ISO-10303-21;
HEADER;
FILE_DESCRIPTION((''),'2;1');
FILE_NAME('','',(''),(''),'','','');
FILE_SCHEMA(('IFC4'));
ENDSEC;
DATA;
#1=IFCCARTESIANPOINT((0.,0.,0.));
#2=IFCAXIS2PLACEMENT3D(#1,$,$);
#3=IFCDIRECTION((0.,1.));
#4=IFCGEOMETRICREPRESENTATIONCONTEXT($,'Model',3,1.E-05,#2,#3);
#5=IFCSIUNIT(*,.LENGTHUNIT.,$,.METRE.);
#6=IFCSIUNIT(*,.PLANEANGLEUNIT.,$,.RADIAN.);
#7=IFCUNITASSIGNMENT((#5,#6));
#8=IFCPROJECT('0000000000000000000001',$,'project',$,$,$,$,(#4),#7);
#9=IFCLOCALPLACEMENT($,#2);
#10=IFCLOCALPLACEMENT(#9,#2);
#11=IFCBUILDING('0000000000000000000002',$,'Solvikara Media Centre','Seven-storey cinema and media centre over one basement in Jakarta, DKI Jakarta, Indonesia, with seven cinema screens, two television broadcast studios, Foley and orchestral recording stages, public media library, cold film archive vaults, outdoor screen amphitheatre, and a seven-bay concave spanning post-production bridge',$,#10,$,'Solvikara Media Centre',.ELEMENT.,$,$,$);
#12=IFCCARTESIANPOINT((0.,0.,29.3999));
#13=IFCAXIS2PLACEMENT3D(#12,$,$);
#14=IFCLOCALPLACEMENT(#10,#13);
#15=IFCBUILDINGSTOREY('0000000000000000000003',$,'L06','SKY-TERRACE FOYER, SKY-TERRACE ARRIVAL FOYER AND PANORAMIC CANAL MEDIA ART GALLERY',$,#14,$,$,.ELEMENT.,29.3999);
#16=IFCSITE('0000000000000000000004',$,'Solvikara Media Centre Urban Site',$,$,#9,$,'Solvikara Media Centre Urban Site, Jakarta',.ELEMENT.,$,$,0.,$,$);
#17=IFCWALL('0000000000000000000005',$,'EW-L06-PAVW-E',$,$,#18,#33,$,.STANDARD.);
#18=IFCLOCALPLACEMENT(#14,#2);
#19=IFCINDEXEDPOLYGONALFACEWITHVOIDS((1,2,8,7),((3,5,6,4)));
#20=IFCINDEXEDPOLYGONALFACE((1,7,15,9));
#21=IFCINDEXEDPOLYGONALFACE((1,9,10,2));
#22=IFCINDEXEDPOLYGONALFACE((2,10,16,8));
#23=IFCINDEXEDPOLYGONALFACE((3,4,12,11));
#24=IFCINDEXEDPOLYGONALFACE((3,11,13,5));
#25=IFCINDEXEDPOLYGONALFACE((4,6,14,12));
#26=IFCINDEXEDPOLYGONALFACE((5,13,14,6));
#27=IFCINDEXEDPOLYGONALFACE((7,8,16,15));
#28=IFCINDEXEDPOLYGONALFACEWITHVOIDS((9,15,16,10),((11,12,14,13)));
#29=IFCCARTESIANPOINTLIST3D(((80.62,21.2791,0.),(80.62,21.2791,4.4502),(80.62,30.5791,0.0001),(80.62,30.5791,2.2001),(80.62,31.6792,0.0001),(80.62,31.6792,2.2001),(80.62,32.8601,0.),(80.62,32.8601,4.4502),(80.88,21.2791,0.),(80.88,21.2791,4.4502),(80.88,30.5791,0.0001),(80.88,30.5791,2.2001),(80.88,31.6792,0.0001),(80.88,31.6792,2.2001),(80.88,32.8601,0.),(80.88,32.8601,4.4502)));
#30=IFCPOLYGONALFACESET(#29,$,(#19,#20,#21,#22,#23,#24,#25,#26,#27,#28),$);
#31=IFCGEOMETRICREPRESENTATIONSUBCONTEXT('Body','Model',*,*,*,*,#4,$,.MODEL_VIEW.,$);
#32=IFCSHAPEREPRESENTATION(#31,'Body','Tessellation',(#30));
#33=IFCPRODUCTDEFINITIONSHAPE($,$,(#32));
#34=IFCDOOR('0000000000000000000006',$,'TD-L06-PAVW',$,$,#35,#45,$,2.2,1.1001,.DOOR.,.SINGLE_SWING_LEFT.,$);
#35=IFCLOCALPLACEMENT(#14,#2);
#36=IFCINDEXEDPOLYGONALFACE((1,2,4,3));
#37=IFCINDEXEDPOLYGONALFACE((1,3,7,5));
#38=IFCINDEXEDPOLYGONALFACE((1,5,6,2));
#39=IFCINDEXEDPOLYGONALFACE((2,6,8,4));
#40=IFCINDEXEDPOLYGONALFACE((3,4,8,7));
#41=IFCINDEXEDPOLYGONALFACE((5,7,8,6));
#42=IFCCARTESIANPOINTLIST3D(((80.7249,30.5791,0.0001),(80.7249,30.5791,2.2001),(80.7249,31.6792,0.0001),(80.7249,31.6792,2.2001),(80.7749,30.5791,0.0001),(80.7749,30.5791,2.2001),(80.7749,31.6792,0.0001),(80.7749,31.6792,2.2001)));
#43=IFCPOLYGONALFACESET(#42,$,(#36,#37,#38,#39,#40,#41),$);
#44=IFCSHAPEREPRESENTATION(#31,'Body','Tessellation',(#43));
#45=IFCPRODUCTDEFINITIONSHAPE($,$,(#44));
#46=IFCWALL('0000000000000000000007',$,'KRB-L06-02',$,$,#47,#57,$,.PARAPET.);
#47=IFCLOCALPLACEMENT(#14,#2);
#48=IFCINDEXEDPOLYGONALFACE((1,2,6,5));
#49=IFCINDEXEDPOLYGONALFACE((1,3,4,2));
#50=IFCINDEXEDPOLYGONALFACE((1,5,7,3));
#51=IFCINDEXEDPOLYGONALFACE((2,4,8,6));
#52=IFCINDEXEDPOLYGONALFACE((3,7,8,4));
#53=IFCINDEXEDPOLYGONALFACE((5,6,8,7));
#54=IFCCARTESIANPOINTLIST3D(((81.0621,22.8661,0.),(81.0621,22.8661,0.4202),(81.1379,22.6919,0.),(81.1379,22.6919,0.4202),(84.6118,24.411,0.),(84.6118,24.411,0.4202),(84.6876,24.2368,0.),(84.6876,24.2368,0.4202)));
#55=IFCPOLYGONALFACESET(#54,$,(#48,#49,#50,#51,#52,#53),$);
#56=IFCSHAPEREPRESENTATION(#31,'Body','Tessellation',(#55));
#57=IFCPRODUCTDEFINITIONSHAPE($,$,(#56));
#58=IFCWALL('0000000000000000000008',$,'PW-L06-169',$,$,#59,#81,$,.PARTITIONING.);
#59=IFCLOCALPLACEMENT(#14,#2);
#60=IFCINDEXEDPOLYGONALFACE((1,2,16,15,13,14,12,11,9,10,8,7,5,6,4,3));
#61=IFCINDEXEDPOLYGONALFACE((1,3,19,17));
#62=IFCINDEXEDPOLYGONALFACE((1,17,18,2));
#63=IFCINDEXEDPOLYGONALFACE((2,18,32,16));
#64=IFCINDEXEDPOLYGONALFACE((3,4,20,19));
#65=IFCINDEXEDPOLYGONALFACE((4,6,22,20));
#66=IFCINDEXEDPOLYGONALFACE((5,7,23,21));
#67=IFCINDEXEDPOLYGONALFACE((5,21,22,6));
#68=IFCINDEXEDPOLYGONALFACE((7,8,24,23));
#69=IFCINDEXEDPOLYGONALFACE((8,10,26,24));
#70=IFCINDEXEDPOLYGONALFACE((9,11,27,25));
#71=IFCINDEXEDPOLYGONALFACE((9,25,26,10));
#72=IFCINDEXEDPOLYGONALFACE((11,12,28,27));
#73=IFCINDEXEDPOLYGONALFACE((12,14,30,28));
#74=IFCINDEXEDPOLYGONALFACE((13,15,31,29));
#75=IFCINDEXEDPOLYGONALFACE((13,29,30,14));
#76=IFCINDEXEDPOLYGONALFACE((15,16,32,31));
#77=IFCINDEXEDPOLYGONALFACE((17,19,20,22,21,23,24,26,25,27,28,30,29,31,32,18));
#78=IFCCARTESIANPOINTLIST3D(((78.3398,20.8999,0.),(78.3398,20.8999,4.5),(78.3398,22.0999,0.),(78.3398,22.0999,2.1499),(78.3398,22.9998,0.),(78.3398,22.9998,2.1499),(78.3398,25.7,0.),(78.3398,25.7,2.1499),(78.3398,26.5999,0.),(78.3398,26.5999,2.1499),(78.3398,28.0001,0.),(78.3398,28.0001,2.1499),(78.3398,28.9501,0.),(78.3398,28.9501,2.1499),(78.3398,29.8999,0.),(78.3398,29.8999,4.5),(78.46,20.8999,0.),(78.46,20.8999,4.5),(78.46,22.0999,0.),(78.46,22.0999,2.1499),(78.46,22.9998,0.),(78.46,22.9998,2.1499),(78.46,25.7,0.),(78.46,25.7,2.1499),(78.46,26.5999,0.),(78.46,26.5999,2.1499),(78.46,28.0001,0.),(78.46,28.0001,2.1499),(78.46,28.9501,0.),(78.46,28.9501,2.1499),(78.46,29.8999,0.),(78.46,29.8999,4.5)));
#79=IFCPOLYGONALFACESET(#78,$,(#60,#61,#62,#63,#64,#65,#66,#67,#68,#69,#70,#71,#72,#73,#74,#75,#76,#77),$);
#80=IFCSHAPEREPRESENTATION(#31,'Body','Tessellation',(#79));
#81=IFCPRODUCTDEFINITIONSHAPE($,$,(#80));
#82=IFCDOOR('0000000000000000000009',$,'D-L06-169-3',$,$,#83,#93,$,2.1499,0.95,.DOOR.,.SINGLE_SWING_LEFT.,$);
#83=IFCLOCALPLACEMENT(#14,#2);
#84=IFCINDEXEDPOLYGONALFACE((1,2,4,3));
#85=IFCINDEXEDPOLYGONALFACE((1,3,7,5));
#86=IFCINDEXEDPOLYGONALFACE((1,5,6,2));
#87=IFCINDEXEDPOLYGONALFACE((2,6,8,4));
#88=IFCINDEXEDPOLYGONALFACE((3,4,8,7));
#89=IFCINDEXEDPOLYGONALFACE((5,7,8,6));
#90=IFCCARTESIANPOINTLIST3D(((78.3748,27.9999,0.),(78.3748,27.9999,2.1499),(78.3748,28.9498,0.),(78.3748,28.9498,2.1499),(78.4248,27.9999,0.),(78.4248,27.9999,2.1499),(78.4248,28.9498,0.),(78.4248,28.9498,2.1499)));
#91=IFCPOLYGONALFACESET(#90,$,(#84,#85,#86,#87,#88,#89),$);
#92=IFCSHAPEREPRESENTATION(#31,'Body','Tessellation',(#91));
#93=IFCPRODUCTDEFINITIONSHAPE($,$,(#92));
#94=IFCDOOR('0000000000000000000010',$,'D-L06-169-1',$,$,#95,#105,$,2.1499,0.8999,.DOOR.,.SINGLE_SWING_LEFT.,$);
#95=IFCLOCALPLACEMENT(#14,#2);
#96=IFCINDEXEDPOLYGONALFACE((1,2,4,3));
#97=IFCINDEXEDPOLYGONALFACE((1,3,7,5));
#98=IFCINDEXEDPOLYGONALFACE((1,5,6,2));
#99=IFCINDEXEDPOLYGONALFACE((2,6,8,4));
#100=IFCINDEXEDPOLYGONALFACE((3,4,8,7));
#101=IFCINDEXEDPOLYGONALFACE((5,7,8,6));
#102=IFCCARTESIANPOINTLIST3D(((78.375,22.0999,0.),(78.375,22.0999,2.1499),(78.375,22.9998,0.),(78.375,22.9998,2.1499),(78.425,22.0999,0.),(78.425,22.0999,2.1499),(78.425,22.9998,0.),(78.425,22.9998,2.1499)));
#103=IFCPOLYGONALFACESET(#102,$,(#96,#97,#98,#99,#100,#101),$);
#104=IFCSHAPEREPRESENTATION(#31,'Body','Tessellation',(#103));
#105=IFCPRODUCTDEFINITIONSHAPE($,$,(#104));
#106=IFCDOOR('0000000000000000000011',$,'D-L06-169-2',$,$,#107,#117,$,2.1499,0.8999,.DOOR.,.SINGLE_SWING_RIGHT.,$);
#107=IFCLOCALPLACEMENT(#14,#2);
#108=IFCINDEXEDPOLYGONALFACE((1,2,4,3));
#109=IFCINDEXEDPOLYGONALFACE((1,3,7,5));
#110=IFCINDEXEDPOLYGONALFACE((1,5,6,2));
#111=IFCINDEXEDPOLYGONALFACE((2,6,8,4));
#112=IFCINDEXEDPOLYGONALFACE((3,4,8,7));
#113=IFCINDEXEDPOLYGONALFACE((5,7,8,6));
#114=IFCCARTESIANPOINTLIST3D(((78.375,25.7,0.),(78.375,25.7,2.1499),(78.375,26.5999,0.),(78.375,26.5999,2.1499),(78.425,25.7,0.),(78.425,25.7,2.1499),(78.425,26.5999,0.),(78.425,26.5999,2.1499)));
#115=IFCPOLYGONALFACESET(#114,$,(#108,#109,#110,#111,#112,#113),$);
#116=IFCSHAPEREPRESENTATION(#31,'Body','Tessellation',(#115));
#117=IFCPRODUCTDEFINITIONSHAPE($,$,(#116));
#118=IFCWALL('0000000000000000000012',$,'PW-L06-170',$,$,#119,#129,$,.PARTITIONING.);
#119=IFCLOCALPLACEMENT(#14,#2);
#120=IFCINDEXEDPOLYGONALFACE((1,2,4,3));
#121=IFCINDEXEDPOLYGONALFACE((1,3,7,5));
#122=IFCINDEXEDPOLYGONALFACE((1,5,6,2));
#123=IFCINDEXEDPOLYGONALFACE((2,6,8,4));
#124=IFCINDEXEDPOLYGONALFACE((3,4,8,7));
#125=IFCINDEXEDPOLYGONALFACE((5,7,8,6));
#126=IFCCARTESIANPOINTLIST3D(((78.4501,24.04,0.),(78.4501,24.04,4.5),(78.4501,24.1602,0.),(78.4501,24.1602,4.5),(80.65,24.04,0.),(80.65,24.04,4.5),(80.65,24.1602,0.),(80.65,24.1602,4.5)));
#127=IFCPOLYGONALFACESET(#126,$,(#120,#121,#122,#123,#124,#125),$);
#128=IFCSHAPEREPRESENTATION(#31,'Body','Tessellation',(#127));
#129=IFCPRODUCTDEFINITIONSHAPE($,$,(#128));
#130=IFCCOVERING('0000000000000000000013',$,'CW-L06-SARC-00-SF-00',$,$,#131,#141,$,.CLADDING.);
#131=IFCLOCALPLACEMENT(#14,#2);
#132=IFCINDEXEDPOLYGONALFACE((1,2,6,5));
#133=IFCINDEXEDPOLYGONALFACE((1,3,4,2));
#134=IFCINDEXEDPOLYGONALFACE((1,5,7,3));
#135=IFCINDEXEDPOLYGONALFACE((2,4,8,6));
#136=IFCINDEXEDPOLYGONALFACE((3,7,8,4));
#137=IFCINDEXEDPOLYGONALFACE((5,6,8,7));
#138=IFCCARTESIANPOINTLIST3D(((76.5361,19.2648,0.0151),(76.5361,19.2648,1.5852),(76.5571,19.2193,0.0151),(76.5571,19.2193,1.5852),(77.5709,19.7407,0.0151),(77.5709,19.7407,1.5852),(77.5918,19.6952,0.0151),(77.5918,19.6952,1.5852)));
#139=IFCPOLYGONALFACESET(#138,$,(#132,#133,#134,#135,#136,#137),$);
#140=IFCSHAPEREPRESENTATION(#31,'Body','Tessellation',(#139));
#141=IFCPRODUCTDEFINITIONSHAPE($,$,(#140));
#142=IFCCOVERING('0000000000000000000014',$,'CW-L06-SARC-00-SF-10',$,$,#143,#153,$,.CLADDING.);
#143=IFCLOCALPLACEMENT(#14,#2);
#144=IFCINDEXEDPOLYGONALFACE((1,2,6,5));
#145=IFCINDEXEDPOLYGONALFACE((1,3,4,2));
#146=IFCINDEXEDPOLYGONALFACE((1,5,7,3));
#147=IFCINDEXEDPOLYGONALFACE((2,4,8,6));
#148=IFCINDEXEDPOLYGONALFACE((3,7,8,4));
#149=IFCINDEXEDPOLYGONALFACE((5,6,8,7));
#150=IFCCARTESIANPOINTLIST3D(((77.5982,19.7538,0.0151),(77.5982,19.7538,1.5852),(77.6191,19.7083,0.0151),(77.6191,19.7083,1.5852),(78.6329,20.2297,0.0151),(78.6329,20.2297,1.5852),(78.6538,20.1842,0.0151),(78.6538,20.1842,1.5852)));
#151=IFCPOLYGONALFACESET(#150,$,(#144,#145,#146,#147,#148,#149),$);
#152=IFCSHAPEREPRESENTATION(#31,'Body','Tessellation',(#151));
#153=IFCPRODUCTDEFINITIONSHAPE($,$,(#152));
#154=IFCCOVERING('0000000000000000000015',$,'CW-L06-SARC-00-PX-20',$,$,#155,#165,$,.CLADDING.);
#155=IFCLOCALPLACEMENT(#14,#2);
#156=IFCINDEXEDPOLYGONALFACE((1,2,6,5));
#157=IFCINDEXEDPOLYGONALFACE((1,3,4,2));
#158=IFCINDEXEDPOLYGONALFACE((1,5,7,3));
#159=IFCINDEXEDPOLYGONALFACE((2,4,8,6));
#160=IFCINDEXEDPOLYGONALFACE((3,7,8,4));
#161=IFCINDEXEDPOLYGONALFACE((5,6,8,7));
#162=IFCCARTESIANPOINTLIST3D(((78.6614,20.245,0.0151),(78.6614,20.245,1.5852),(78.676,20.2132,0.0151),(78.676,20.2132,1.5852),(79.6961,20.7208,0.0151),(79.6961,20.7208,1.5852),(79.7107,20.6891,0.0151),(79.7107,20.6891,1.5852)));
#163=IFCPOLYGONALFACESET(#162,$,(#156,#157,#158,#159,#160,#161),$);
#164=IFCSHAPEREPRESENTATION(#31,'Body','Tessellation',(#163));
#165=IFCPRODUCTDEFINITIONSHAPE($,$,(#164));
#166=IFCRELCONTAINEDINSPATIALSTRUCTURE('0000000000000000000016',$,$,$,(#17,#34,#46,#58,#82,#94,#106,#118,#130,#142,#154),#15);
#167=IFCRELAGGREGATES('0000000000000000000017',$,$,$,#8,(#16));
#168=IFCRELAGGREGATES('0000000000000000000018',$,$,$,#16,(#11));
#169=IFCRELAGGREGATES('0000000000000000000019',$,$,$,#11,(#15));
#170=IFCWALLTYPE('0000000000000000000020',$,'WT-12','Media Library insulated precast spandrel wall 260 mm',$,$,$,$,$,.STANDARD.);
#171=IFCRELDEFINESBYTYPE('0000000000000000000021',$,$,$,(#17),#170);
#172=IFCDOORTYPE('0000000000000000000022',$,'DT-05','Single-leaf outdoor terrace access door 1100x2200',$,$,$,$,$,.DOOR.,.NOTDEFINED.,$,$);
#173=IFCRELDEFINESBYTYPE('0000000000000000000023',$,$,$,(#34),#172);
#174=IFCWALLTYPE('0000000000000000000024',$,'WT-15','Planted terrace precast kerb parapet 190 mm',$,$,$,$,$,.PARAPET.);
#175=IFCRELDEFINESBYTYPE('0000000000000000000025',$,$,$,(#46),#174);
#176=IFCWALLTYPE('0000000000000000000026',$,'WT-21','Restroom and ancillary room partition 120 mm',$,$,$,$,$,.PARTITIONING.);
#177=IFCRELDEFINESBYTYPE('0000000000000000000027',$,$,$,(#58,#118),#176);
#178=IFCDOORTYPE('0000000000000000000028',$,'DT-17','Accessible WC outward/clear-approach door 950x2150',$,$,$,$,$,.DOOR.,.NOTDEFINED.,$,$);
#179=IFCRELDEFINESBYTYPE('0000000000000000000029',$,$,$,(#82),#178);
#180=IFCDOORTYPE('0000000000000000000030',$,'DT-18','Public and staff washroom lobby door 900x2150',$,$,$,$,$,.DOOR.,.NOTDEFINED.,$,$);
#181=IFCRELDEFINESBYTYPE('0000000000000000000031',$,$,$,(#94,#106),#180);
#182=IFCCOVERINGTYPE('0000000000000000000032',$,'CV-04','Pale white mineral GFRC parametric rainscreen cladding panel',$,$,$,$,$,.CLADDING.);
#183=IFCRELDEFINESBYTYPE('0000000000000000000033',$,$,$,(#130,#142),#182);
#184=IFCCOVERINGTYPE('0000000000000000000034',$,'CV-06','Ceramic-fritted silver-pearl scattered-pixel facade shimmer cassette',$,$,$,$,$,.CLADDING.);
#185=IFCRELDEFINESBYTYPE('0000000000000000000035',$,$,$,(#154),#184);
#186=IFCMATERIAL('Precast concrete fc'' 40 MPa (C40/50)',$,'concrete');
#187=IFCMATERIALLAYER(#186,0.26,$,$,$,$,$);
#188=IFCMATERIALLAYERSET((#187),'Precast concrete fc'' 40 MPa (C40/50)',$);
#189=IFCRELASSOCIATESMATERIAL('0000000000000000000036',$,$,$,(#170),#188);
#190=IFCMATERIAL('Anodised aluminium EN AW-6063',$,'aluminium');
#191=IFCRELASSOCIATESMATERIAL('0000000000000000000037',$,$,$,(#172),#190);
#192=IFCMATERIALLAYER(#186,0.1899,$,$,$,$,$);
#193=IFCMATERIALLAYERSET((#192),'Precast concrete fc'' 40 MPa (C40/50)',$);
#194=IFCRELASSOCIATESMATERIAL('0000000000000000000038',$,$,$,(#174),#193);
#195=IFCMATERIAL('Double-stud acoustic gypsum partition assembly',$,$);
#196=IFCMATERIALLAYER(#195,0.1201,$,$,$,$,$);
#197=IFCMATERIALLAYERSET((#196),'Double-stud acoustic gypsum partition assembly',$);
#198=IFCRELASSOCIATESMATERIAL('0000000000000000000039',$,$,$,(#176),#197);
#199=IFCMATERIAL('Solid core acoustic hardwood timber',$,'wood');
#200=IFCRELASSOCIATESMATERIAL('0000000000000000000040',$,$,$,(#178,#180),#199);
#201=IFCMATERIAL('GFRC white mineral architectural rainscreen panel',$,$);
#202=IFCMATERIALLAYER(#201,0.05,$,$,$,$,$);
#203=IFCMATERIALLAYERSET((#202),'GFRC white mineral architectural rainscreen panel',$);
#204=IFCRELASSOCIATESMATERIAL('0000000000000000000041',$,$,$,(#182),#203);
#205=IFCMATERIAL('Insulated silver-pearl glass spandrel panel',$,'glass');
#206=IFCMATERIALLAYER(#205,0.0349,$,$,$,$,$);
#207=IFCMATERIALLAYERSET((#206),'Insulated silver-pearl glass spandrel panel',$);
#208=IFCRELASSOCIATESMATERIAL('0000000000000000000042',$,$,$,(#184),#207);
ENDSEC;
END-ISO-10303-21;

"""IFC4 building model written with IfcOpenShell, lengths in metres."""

from ifc_helpers import new_model, si_unit, direction, frame, frame_2d, origin, origin_2d, place, context, subcontext, project, spatial, rectangle, extrude, material, layer, layer_set, type_object, element, fill, save


model = new_model("IFC4")

# Units and contexts
model_context = context("Model", 3, precision=1e-05, world=origin(), true_north=direction((0.0, 1.0)))
body_context = subcontext(model_context, "Body", "Model", "MODEL_VIEW")
ifc_project = project(units=[si_unit("LENGTHUNIT", "METRE"), si_unit("PLANEANGLEUNIT", "RADIAN")], contexts=[model_context])

# Site, building, storey
site_placement = place(None, origin())
site = spatial("IfcSite", under=ifc_project, at=site_placement, Name="Solvikara Media Centre Urban Site", LongName="Solvikara Media Centre Urban Site, Jakarta", CompositionType="ELEMENT", RefElevation=0.0)
building_placement = place(site_placement, origin())
building = spatial("IfcBuilding", under=site, at=building_placement, Name="Solvikara Media Centre", Description="Seven-storey cinema and media centre over one basement in Jakarta, DKI Jakarta, Indonesia, with seven cinema screens, two television broadcast studios, Foley and orchestral recording stages, public media library, cold film archive vaults, outdoor screen amphitheatre, and a seven-bay concave spanning post-production bridge", LongName="Solvikara Media Centre", CompositionType="ELEMENT")
storey_placement = place(building_placement, frame((0.0, 0.0, 29.3999)))
storey = spatial("IfcBuildingStorey", under=building, at=storey_placement, Name="L06", Description="SKY-TERRACE FOYER, SKY-TERRACE ARRIVAL FOYER AND PANORAMIC CANAL MEDIA ART GALLERY", CompositionType="ELEMENT", Elevation=29.3999)

# Shared definitions
ifc_material_1 = material(Name="Anodised aluminium EN AW-6063", Category="aluminium")
ifc_material_2 = material(Name="Insulated silver-pearl glass spandrel panel", Category="glass")

# Wall, opening, door
ifc_material_3 = material(Name="Precast concrete fc' 40 MPa (C40/50)", Category="concrete")
ifc_layer_1 = layer(ifc_material_3, 0.26)
ifc_layer_set_1 = layer_set([ifc_layer_1], Name="Precast concrete fc' 40 MPa (C40/50)")
wall_type_1 = type_object("IfcWallType", Name="WT-12", Description="Media Library insulated precast spandrel wall 260 mm", PredefinedType="STANDARD", material=ifc_layer_set_1)
wall_1_placement = place(storey_placement, frame((80.75, 21.2791, 0.0), z_axis=(0.0, 0.0, 1.0), x_axis=(0.0, 1.0, 0.0)))
wall_1 = element("IfcWall", 1, at=wall_1_placement, inside=storey, type_object=wall_type_1, Name="EW-L06-PAVW-E", PredefinedType="STANDARD", context=body_context, shape_type="SweptSolid", body=[
    extrude(rectangle(XDim=11.5811, YDim=0.26, at=frame_2d((5.7905, 0.0))), origin(), (0.0, 0.0, 1.0), 4.4502),
])
opening_1_placement = place(wall_1_placement, frame((9.3, 0.0, 0.0)))
opening_1 = element("IfcOpeningElement", 2, at=opening_1_placement, cuts=wall_1, PredefinedType="OPENING", context=body_context, shape_type="SweptSolid", body=[
    extrude(rectangle(XDim=1.1001, YDim=2.2, at=frame_2d((0.55, 1.1001))), frame((0.0, 0.1421, 0.0), z_axis=(0.0, -1.0, 0.0), x_axis=(1.0, 0.0, 0.0)), (0.0, 0.0, 1.0), 0.2839),
])
door_type_1 = type_object("IfcDoorType", Name="DT-05", Description="Single-leaf outdoor terrace access door 1100x2200", OperationType="NOTDEFINED", PredefinedType="DOOR", material=ifc_material_1)
door_1_placement = place(opening_1_placement, frame((1.1001, 0.0, 0.0), z_axis=(0.0, 0.0, 1.0), x_axis=(-1.0, 0.0, 0.0)))
door_1 = element("IfcDoor", 3, at=door_1_placement, inside=storey, type_object=door_type_1, Name="TD-L06-PAVW", OperationType="SINGLE_SWING_LEFT", OverallHeight=2.2, OverallWidth=1.1001, PredefinedType="DOOR", context=body_context, shape_type="SweptSolid", body=[
    extrude(rectangle(XDim=1.1001, YDim=2.2, at=frame_2d((0.55, 1.1001))), frame((0.0, 0.0249, 0.0), z_axis=(0.0, -1.0, 0.0), x_axis=(1.0, 0.0, 0.0)), (0.0, 0.0, 1.0), 0.05),
])
fill(opening_1, door_1)

# Wall
ifc_layer_2 = layer(ifc_material_3, 0.1899)
ifc_layer_set_2 = layer_set([ifc_layer_2], Name="Precast concrete fc' 40 MPa (C40/50)")
wall_type_2 = type_object("IfcWallType", Name="WT-15", Description="Planted terrace precast kerb parapet 190 mm", PredefinedType="PARAPET", material=ifc_layer_set_2)
wall_2_placement = place(storey_placement, frame((81.1001, 22.7791, 0.0), z_axis=(0.0, 0.0, 1.0), x_axis=(0.916926, 0.399058, 0.0)))
element("IfcWall", 4, at=wall_2_placement, inside=storey, type_object=wall_type_2, Name="KRB-L06-02", PredefinedType="PARAPET", context=body_context, shape_type="SweptSolid", body=[
    extrude(rectangle(XDim=3.8713, YDim=0.1899, at=frame_2d((1.9355, 0.0))), origin(), (0.0, 0.0, 1.0), 0.4202),
])

# Wall, openings, doors
ifc_material_4 = material(Name="Double-stud acoustic gypsum partition assembly")
ifc_layer_3 = layer(ifc_material_4, 0.1201)
ifc_layer_set_3 = layer_set([ifc_layer_3], Name="Double-stud acoustic gypsum partition assembly")
wall_type_3 = type_object("IfcWallType", Name="WT-21", Description="Restroom and ancillary room partition 120 mm", PredefinedType="PARTITIONING", material=ifc_layer_set_3)
wall_3_placement = place(storey_placement, frame((78.3999, 20.8999, 0.0), z_axis=(0.0, 0.0, 1.0), x_axis=(0.0, 1.0, 0.0)))
wall_3 = element("IfcWall", 5, at=wall_3_placement, inside=storey, type_object=wall_type_3, Name="PW-L06-169", PredefinedType="PARTITIONING", context=body_context, shape_type="SweptSolid", body=[
    extrude(rectangle(XDim=9.0, YDim=0.1201, at=frame_2d((4.5, 0.0))), origin(), (0.0, 0.0, 1.0), 4.5),
])
opening_2_placement = place(wall_3_placement, frame((1.2, 0.0, 0.0)))
opening_2 = element("IfcOpeningElement", 6, at=opening_2_placement, cuts=wall_3, PredefinedType="OPENING", context=body_context, shape_type="SweptSolid", body=[
    extrude(rectangle(XDim=0.8999, YDim=2.1499, at=frame_2d((0.45, 1.075))), frame((0.0, 0.072, 0.0), z_axis=(0.0, -1.0, 0.0), x_axis=(1.0, 0.0, 0.0)), (0.0, 0.0, 1.0), 0.144),
])
opening_3_placement = place(wall_3_placement, frame((4.8, 0.0, 0.0)))
opening_3 = element("IfcOpeningElement", 7, at=opening_3_placement, cuts=wall_3, PredefinedType="OPENING", context=body_context, shape_type="SweptSolid", body=[
    extrude(rectangle(XDim=0.8999, YDim=2.1499, at=frame_2d((0.45, 1.075))), frame((0.0, 0.072, 0.0), z_axis=(0.0, -1.0, 0.0), x_axis=(1.0, 0.0, 0.0)), (0.0, 0.0, 1.0), 0.144),
])
opening_4_placement = place(wall_3_placement, frame((7.1001, 0.0, 0.0)))
opening_4 = element("IfcOpeningElement", 8, at=opening_4_placement, cuts=wall_3, PredefinedType="OPENING", context=body_context, shape_type="SweptSolid", body=[
    extrude(rectangle(XDim=0.95, YDim=2.1499, at=frame_2d((0.4751, 1.075))), frame((0.0, 0.072, 0.0), z_axis=(0.0, -1.0, 0.0), x_axis=(1.0, 0.0, 0.0)), (0.0, 0.0, 1.0), 0.144),
])
ifc_material_5 = material(Name="Solid core acoustic hardwood timber", Category="wood")
door_type_2 = type_object("IfcDoorType", Name="DT-17", Description="Accessible WC outward/clear-approach door 950x2150", OperationType="NOTDEFINED", PredefinedType="DOOR", material=ifc_material_5)
door_2_placement = place(opening_4_placement, frame((0.95, 0.0, 0.0), z_axis=(0.0, 0.0, 1.0), x_axis=(-1.0, 0.0, 0.0)))
door_2 = element("IfcDoor", 9, at=door_2_placement, inside=storey, type_object=door_type_2, Name="D-L06-169-3", OperationType="SINGLE_SWING_LEFT", OverallHeight=2.1499, OverallWidth=0.95, PredefinedType="DOOR", context=body_context, shape_type="SweptSolid", body=[
    extrude(rectangle(XDim=0.95, YDim=2.1499, at=frame_2d((0.4751, 1.075))), frame((0.0, 0.0249, 0.0), z_axis=(0.0, -1.0, 0.0), x_axis=(1.0, 0.0, 0.0)), (0.0, 0.0, 1.0), 0.05),
])
fill(opening_4, door_2)
door_type_3 = type_object("IfcDoorType", Name="DT-18", Description="Public and staff washroom lobby door 900x2150", OperationType="NOTDEFINED", PredefinedType="DOOR", material=ifc_material_5)
door_3_placement = place(opening_2_placement, origin())
door_3 = element("IfcDoor", 10, at=door_3_placement, inside=storey, type_object=door_type_3, Name="D-L06-169-1", OperationType="SINGLE_SWING_LEFT", OverallHeight=2.1499, OverallWidth=0.8999, PredefinedType="DOOR", context=body_context, shape_type="SweptSolid", body=[
    extrude(rectangle(XDim=0.8999, YDim=2.1499, at=frame_2d((0.45, 1.075))), frame((0.0, 0.0249, 0.0), z_axis=(0.0, -1.0, 0.0), x_axis=(1.0, 0.0, 0.0)), (0.0, 0.0, 1.0), 0.05),
])
fill(opening_2, door_3)
door_4_placement = place(opening_3_placement, origin())
door_4 = element("IfcDoor", 11, at=door_4_placement, inside=storey, type_object=door_type_3, Name="D-L06-169-2", OperationType="SINGLE_SWING_RIGHT", OverallHeight=2.1499, OverallWidth=0.8999, PredefinedType="DOOR", context=body_context, shape_type="SweptSolid", body=[
    extrude(rectangle(XDim=0.8999, YDim=2.1499, at=frame_2d((0.45, 1.075))), frame((0.0, 0.0249, 0.0), z_axis=(0.0, -1.0, 0.0), x_axis=(1.0, 0.0, 0.0)), (0.0, 0.0, 1.0), 0.05),
])
fill(opening_3, door_4)

# Wall
wall_4_placement = place(storey_placement, frame((78.45, 24.1001, 0.0), z_axis=(0.0, 0.0, 1.0), x_axis=(1.0, 0.0, 0.0)))
element("IfcWall", 12, at=wall_4_placement, inside=storey, type_object=wall_type_3, Name="PW-L06-170", PredefinedType="PARTITIONING", context=body_context, shape_type="SweptSolid", body=[
    extrude(rectangle(XDim=2.2, YDim=0.1201, at=frame_2d((1.1001, 0.0))), origin(), (0.0, 0.0, 1.0), 4.5),
])

# Coverings
ifc_material_6 = material(Name="GFRC white mineral architectural rainscreen panel")
ifc_layer_4 = layer(ifc_material_6, 0.05)
ifc_layer_set_4 = layer_set([ifc_layer_4], Name="GFRC white mineral architectural rainscreen panel")
covering_type_1 = type_object("IfcCoveringType", Name="CV-04", Description="Pale white mineral GFRC parametric rainscreen cladding panel", PredefinedType="CLADDING", material=ifc_layer_set_4)
for number, where, z_axis, x_axis, name in (
    (13, (77.064, 19.48, 0.0151), (0.0, 0.0, 1.0), (0.908523, 0.417835, 0.0), "CW-L06-SARC-00-SF-00"),
    (14, (78.126, 19.969, 0.0151), (0.0, 0.0, 1.0), (0.908523, 0.417835, 0.0), "CW-L06-SARC-00-SF-10"),
):
    element("IfcCovering", number, at=place(storey_placement, frame(where, z_axis=z_axis, x_axis=x_axis)), inside=storey, type_object=covering_type_1, Name=name, PredefinedType="CLADDING", context=body_context, shape_type="SweptSolid", body=[
        extrude(rectangle(XDim=1.1389, YDim=0.05, at=origin_2d()), origin(), (0.0, 0.0, 1.0), 1.5701),
    ])
ifc_layer_5 = layer(ifc_material_2, 0.0349)
ifc_layer_set_5 = layer_set([ifc_layer_5], Name="Insulated silver-pearl glass spandrel panel")
covering_type_2 = type_object("IfcCoveringType", Name="CV-06", Description="Ceramic-fritted silver-pearl scattered-pixel facade shimmer cassette", PredefinedType="CLADDING", material=ifc_layer_set_5)
covering_placement = place(storey_placement, frame((79.186, 20.467, 0.0151), z_axis=(0.0, 0.0, 1.0), x_axis=(0.908523, 0.417835, 0.0)))
element("IfcCovering", 15, at=covering_placement, inside=storey, type_object=covering_type_2, Name="CW-L06-SARC-00-PX-20", PredefinedType="CLADDING", context=body_context, shape_type="SweptSolid", body=[
    extrude(rectangle(XDim=1.1389, YDim=0.0349, at=origin_2d()), origin(), (0.0, 0.0, 1.0), 1.5701),
])

save(model, "model.ifc")
